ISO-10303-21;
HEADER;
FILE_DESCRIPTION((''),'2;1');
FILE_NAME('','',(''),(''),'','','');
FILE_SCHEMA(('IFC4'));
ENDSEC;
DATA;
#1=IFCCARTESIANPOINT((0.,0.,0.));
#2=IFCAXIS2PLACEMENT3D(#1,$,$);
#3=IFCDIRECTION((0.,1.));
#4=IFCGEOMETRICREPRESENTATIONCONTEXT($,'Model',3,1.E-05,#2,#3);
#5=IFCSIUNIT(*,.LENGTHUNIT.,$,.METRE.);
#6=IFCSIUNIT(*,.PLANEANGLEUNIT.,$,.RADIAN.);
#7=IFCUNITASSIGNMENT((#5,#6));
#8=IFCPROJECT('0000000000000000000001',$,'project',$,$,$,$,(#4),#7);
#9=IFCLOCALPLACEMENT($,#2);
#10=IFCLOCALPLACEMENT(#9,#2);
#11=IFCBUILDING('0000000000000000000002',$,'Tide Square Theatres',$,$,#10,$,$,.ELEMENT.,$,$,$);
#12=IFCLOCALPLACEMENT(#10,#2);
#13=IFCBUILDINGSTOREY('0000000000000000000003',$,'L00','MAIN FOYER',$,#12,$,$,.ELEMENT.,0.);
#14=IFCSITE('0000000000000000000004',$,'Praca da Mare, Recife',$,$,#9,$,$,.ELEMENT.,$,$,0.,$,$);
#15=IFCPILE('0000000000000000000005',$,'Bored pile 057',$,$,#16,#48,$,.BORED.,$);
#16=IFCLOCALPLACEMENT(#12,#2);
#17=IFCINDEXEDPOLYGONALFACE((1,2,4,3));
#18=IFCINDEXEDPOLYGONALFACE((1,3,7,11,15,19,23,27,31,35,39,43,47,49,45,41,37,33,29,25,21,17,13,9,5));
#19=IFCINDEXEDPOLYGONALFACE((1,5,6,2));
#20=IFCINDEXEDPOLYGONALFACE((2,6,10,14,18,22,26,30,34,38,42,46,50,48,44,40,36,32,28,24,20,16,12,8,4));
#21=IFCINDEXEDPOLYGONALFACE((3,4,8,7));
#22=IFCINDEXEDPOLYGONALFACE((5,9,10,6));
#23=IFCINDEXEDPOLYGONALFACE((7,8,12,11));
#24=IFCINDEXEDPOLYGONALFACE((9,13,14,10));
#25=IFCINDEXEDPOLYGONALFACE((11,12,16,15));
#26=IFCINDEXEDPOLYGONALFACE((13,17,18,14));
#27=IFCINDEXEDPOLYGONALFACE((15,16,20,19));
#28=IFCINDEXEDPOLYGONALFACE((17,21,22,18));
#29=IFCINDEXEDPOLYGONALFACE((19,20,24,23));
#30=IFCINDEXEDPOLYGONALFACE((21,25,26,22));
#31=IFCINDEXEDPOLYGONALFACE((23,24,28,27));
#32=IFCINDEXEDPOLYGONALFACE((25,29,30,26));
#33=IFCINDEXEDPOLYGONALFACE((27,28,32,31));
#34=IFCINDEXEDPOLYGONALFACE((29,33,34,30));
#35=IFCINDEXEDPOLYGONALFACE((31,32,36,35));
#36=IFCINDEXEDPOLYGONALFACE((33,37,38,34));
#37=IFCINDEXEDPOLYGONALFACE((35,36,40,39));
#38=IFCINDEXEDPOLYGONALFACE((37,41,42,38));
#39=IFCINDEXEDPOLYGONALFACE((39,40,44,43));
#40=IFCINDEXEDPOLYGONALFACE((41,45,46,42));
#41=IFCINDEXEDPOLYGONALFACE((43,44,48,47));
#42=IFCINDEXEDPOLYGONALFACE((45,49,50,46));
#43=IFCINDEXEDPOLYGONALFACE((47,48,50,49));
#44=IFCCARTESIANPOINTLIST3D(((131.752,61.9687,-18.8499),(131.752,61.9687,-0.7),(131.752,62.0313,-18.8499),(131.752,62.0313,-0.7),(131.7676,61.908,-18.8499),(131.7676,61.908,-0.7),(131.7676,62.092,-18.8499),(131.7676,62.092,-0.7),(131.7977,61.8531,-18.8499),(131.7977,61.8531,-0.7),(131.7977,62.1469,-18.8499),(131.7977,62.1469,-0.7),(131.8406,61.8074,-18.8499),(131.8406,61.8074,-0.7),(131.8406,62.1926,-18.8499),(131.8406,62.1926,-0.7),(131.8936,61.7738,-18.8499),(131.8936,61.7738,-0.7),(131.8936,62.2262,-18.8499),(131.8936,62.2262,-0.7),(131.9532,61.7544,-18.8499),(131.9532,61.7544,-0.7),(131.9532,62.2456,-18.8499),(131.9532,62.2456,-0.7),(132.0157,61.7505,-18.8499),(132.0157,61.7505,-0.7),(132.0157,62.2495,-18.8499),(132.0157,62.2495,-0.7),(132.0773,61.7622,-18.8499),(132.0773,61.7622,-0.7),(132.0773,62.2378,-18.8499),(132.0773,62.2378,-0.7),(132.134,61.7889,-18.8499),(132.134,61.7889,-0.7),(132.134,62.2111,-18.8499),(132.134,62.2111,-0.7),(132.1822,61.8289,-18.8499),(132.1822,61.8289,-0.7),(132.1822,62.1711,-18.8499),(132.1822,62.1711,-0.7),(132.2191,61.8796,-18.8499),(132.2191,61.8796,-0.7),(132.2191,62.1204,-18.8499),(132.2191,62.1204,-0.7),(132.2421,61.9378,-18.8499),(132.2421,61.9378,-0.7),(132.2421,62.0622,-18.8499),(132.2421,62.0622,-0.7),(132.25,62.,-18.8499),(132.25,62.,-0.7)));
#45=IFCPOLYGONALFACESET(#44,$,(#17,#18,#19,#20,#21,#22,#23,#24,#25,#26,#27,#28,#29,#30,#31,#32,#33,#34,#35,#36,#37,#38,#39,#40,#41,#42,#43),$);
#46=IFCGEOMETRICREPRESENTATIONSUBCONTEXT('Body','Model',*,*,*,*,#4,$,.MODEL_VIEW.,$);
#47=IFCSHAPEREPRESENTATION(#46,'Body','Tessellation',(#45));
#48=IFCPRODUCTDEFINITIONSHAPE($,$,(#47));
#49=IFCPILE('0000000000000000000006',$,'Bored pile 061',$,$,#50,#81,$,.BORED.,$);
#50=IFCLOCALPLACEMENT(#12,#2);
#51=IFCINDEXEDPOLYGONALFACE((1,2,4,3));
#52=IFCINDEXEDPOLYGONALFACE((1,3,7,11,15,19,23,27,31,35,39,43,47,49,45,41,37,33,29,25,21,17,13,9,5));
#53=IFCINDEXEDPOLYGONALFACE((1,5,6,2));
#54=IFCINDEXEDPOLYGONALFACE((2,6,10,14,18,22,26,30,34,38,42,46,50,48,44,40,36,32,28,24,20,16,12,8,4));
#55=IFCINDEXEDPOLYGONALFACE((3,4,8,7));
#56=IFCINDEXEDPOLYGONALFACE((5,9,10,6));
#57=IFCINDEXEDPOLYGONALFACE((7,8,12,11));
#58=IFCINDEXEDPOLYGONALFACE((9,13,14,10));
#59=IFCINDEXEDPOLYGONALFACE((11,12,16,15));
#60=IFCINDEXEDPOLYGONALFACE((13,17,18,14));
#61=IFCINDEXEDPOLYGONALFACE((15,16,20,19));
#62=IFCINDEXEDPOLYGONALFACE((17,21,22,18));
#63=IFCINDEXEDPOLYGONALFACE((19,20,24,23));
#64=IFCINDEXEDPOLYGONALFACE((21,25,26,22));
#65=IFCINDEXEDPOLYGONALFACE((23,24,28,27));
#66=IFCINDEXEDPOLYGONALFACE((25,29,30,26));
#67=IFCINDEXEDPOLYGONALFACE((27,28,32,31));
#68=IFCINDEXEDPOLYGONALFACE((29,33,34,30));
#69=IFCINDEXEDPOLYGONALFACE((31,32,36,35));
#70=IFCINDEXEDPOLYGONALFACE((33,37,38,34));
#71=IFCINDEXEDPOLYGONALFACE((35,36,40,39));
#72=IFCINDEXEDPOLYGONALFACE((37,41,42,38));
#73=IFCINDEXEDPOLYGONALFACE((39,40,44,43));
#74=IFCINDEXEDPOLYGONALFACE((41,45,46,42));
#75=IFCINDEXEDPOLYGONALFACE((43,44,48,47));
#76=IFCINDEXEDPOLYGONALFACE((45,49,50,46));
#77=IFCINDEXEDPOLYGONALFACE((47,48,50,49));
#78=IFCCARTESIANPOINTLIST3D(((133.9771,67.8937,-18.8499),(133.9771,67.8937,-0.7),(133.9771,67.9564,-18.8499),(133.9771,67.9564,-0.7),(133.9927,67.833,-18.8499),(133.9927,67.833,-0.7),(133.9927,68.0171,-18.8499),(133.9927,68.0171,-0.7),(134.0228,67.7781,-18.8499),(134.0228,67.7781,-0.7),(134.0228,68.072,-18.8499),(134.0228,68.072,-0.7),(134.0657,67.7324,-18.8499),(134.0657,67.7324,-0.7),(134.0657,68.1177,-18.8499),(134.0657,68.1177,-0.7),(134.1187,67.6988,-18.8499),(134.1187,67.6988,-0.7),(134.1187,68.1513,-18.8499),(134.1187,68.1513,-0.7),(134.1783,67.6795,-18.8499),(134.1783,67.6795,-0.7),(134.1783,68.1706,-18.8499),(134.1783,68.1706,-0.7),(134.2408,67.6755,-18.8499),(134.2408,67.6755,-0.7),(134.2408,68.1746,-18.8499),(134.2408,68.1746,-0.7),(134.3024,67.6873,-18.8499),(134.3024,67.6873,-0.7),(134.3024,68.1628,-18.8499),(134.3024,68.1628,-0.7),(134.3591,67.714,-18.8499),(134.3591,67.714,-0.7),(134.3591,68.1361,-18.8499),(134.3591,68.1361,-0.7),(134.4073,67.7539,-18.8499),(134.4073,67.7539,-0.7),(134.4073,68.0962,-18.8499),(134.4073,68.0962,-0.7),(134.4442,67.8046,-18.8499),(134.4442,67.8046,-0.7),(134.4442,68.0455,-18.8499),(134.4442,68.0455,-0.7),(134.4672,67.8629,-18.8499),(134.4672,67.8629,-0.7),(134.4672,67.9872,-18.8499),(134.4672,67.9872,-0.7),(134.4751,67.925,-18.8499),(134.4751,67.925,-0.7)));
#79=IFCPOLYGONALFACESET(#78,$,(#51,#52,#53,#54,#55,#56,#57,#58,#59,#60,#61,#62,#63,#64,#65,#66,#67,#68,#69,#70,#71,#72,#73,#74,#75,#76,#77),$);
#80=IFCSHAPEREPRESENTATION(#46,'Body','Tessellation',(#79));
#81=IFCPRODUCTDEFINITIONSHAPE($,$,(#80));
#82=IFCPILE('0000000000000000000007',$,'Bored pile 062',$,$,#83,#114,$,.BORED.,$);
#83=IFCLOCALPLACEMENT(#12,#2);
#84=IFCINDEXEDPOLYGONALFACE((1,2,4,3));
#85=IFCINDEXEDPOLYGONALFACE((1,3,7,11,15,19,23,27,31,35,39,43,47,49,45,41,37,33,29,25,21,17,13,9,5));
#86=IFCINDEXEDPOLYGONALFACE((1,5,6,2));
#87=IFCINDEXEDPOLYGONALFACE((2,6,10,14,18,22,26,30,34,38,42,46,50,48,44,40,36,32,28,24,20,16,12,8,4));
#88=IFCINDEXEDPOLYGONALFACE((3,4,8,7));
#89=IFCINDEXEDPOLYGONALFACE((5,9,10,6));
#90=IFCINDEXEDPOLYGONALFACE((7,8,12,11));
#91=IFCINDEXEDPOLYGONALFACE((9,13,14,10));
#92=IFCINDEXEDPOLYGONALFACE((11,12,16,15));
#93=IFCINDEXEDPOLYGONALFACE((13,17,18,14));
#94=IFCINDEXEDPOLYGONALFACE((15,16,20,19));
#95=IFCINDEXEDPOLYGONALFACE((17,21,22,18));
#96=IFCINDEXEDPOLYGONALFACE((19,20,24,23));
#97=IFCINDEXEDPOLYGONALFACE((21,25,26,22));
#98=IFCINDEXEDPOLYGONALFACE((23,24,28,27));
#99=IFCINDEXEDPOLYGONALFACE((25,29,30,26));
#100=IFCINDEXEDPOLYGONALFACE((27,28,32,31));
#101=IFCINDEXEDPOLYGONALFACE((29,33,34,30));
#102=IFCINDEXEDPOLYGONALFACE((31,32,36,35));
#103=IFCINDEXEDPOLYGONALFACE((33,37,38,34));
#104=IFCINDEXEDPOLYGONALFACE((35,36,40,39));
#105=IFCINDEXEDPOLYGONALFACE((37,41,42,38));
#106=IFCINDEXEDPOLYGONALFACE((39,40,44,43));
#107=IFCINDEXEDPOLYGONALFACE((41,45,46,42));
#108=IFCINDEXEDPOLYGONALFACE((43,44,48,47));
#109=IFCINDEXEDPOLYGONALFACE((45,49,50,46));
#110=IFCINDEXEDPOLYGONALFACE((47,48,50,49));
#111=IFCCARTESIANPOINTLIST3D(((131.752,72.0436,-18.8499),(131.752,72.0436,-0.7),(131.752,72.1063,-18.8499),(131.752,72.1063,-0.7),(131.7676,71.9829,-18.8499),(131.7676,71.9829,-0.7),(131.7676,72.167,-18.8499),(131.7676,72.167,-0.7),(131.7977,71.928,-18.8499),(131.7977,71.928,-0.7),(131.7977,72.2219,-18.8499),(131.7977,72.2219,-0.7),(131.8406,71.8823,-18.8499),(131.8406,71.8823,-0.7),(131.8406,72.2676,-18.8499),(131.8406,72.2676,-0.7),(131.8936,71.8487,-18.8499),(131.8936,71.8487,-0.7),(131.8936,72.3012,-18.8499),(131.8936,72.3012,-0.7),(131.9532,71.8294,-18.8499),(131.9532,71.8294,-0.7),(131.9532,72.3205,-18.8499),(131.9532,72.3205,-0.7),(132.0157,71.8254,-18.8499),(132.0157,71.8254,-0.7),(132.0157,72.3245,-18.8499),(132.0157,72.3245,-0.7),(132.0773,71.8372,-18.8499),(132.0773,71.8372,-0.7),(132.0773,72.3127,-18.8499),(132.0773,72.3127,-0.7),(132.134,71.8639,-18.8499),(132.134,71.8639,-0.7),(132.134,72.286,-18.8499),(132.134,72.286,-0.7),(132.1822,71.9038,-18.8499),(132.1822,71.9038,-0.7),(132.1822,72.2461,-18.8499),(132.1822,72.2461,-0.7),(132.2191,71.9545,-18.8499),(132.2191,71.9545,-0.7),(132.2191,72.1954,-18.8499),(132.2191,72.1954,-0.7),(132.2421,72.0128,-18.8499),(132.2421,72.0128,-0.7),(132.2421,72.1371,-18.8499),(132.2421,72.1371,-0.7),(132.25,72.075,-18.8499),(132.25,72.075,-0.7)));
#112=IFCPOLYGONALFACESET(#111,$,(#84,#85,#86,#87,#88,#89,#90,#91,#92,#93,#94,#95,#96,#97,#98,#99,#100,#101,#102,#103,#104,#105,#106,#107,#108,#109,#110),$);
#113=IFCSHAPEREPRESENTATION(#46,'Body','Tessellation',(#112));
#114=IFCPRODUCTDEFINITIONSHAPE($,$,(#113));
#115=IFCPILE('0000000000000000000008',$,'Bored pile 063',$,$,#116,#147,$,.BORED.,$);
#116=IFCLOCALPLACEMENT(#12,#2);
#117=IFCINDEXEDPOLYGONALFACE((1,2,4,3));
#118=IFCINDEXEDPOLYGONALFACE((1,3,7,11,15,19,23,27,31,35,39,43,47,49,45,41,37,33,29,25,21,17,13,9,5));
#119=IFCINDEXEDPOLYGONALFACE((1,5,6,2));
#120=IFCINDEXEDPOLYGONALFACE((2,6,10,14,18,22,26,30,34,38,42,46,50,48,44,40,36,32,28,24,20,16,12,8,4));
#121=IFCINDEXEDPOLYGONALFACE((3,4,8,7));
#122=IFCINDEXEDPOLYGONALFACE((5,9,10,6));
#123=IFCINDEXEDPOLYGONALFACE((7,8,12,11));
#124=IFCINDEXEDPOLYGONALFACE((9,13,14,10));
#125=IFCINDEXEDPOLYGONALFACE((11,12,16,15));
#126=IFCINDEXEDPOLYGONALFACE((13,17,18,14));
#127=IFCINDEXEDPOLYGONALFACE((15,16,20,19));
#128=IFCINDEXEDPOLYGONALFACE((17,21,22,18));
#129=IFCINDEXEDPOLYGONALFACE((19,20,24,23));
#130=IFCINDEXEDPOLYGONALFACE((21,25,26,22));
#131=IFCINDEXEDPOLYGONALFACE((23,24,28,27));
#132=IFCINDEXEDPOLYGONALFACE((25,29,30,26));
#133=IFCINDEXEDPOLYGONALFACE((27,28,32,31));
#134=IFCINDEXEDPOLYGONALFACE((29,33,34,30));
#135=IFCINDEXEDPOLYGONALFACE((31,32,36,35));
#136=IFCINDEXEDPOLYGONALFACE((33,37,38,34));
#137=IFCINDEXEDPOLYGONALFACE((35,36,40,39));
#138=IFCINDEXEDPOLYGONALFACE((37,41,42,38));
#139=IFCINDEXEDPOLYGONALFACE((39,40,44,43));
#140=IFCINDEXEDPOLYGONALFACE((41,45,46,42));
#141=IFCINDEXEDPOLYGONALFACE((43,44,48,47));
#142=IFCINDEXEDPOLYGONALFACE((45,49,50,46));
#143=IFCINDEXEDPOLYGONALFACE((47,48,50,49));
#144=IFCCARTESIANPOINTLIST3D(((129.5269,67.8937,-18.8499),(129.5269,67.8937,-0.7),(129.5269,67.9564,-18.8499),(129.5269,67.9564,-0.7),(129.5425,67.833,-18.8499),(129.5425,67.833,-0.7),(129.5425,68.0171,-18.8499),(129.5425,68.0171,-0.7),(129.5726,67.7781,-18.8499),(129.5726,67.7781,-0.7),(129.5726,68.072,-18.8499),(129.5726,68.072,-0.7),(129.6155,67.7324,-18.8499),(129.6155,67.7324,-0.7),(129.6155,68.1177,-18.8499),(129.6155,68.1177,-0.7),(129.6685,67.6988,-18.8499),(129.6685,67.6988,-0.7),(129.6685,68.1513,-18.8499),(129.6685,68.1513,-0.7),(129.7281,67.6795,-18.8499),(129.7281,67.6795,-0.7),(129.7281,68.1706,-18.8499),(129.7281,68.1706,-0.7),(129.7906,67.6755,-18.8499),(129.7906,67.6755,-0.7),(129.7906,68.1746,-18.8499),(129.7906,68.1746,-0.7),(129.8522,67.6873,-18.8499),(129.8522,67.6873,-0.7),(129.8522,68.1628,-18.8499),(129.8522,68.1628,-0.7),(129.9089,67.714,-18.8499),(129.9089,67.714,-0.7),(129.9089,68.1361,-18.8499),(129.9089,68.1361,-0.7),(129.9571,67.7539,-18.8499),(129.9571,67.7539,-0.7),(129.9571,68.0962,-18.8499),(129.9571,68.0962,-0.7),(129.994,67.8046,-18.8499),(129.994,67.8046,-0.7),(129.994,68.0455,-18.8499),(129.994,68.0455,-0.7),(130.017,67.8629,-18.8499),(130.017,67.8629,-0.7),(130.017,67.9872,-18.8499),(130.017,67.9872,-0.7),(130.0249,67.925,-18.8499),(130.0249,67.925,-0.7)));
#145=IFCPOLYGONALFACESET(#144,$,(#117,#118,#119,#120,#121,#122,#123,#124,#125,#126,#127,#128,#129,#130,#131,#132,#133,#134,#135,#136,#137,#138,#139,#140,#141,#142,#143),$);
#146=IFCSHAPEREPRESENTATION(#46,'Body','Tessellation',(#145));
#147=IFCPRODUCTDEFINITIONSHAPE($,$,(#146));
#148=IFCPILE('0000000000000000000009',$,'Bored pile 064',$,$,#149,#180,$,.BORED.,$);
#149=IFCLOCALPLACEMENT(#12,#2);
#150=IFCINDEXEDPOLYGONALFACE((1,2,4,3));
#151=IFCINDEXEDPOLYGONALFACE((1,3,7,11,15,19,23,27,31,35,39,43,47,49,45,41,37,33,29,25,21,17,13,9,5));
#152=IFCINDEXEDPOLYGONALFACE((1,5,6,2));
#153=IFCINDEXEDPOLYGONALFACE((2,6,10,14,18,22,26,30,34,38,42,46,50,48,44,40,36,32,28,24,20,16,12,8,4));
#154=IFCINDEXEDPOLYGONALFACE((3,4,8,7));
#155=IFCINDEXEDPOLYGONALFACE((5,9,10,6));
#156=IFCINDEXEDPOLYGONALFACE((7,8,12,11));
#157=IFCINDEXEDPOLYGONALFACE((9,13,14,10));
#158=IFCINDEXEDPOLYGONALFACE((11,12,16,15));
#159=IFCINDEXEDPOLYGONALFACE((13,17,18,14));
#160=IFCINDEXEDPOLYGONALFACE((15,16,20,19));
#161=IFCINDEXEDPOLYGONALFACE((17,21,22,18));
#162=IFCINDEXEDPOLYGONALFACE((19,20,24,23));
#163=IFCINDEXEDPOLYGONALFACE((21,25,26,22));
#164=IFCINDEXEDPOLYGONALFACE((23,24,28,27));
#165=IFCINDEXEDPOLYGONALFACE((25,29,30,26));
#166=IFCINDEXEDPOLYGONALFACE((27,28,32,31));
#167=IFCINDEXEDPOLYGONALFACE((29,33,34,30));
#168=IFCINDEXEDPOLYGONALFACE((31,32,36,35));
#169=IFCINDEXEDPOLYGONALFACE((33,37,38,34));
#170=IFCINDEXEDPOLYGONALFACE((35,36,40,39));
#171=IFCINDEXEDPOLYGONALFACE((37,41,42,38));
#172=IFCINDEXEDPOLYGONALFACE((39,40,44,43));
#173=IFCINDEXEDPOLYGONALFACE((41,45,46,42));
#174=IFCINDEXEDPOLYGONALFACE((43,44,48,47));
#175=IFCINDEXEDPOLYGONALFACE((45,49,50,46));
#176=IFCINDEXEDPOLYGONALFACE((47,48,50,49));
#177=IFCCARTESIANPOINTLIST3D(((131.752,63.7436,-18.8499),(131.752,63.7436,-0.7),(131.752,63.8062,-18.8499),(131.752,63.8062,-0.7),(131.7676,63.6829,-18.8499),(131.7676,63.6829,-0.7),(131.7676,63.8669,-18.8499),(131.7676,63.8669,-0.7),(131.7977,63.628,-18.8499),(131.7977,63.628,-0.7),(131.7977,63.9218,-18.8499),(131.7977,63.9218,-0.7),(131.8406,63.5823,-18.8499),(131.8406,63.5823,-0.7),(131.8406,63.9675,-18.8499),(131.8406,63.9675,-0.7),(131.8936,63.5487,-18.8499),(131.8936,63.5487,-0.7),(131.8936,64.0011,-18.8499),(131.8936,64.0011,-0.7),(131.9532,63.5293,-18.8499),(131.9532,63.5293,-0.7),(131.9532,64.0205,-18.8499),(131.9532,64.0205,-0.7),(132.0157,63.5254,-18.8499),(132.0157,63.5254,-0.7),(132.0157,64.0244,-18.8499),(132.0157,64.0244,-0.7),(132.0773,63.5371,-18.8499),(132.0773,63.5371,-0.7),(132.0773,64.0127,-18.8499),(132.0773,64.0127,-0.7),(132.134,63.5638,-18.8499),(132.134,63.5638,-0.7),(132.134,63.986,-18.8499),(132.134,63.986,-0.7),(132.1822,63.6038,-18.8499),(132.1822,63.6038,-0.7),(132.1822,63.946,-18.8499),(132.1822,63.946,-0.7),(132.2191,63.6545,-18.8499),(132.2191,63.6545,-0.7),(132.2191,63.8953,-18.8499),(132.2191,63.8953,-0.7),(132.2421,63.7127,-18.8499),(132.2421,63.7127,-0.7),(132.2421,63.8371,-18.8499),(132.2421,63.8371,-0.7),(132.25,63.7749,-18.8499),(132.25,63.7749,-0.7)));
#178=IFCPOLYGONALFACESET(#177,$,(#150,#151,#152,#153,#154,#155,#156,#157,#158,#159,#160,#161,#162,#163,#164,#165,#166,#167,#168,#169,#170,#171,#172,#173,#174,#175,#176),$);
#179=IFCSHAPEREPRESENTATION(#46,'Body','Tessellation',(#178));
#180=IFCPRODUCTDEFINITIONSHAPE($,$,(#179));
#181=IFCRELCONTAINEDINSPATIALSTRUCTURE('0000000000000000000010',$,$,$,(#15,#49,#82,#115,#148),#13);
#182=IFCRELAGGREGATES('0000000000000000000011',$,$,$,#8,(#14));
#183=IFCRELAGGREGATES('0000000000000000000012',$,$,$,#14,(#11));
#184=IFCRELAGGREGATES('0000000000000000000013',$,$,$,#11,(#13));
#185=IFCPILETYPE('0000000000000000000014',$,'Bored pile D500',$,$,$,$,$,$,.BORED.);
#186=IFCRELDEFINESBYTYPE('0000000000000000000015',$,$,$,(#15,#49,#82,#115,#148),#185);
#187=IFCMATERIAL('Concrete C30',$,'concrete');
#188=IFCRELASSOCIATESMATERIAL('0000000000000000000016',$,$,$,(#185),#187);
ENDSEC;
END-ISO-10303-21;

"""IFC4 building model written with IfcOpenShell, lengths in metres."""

from ifc_helpers import new_model, si_unit, direction, frame, origin, origin_2d, place, context, subcontext, project, spatial, circle, extrude, material, material_profile, profile_set, type_object, element, save


model = new_model("IFC4")

# Units and contexts
model_context = context("Model", 3, precision=1e-05, world=origin(), true_north=direction((0.0, 1.0)))
body_context = subcontext(model_context, "Body", "Model", "MODEL_VIEW")
ifc_project = project(units=[si_unit("LENGTHUNIT", "METRE"), si_unit("PLANEANGLEUNIT", "RADIAN")], contexts=[model_context])

# Site, building, storey
site_placement = place(None, origin())
site = spatial("IfcSite", under=ifc_project, at=site_placement, Name="Praca da Mare, Recife", CompositionType="ELEMENT", RefElevation=0.0)
building_placement = place(site_placement, origin())
building = spatial("IfcBuilding", under=site, at=building_placement, Name="Tide Square Theatres", CompositionType="ELEMENT")
storey_placement = place(building_placement, origin())
storey = spatial("IfcBuildingStorey", under=building, at=storey_placement, Name="L00", Description="MAIN FOYER", CompositionType="ELEMENT", Elevation=0.0)

# Piles
ifc_material_1 = material(Name="Concrete C30", Category="concrete")
ifc_material_profile_1 = material_profile(ifc_material_1, circle(Radius=0.25, at=origin_2d()))
ifc_profile_set_1 = profile_set([ifc_material_profile_1], Name="Concrete C30")
pile_type_1 = type_object("IfcPileType", Name="Bored pile D500", PredefinedType="BORED", material=ifc_profile_set_1)
for number, where, z_axis, x_axis, name in (
    (1, (132.0, 62.0, -0.7), (0.0, 0.0, -1.0), (1.0, 0.0, 0.0), "Bored pile 057"),
    (2, (134.2251, 67.925, -0.7), (0.0, 0.0, -1.0), (1.0, 0.0, 0.0), "Bored pile 061"),
    (3, (132.0, 72.075, -0.7), (0.0, 0.0, -1.0), (1.0, 0.0, 0.0), "Bored pile 062"),
    (4, (129.7749, 67.925, -0.7), (0.0, 0.0, -1.0), (1.0, 0.0, 0.0), "Bored pile 063"),
    (5, (132.0, 63.7749, -0.7), (0.0, 0.0, -1.0), (1.0, 0.0, 0.0), "Bored pile 064"),
):
    element("IfcPile", number, at=place(storey_placement, frame(where, z_axis=z_axis, x_axis=x_axis)), inside=storey, type_object=pile_type_1, Name=name, PredefinedType="BORED", context=body_context, shape_type="SweptSolid", body=[
        extrude(circle(Radius=0.25, at=origin_2d()), origin(), (0.0, 0.0, 1.0), 18.1499),
    ])

save(model, "model.ifc")
